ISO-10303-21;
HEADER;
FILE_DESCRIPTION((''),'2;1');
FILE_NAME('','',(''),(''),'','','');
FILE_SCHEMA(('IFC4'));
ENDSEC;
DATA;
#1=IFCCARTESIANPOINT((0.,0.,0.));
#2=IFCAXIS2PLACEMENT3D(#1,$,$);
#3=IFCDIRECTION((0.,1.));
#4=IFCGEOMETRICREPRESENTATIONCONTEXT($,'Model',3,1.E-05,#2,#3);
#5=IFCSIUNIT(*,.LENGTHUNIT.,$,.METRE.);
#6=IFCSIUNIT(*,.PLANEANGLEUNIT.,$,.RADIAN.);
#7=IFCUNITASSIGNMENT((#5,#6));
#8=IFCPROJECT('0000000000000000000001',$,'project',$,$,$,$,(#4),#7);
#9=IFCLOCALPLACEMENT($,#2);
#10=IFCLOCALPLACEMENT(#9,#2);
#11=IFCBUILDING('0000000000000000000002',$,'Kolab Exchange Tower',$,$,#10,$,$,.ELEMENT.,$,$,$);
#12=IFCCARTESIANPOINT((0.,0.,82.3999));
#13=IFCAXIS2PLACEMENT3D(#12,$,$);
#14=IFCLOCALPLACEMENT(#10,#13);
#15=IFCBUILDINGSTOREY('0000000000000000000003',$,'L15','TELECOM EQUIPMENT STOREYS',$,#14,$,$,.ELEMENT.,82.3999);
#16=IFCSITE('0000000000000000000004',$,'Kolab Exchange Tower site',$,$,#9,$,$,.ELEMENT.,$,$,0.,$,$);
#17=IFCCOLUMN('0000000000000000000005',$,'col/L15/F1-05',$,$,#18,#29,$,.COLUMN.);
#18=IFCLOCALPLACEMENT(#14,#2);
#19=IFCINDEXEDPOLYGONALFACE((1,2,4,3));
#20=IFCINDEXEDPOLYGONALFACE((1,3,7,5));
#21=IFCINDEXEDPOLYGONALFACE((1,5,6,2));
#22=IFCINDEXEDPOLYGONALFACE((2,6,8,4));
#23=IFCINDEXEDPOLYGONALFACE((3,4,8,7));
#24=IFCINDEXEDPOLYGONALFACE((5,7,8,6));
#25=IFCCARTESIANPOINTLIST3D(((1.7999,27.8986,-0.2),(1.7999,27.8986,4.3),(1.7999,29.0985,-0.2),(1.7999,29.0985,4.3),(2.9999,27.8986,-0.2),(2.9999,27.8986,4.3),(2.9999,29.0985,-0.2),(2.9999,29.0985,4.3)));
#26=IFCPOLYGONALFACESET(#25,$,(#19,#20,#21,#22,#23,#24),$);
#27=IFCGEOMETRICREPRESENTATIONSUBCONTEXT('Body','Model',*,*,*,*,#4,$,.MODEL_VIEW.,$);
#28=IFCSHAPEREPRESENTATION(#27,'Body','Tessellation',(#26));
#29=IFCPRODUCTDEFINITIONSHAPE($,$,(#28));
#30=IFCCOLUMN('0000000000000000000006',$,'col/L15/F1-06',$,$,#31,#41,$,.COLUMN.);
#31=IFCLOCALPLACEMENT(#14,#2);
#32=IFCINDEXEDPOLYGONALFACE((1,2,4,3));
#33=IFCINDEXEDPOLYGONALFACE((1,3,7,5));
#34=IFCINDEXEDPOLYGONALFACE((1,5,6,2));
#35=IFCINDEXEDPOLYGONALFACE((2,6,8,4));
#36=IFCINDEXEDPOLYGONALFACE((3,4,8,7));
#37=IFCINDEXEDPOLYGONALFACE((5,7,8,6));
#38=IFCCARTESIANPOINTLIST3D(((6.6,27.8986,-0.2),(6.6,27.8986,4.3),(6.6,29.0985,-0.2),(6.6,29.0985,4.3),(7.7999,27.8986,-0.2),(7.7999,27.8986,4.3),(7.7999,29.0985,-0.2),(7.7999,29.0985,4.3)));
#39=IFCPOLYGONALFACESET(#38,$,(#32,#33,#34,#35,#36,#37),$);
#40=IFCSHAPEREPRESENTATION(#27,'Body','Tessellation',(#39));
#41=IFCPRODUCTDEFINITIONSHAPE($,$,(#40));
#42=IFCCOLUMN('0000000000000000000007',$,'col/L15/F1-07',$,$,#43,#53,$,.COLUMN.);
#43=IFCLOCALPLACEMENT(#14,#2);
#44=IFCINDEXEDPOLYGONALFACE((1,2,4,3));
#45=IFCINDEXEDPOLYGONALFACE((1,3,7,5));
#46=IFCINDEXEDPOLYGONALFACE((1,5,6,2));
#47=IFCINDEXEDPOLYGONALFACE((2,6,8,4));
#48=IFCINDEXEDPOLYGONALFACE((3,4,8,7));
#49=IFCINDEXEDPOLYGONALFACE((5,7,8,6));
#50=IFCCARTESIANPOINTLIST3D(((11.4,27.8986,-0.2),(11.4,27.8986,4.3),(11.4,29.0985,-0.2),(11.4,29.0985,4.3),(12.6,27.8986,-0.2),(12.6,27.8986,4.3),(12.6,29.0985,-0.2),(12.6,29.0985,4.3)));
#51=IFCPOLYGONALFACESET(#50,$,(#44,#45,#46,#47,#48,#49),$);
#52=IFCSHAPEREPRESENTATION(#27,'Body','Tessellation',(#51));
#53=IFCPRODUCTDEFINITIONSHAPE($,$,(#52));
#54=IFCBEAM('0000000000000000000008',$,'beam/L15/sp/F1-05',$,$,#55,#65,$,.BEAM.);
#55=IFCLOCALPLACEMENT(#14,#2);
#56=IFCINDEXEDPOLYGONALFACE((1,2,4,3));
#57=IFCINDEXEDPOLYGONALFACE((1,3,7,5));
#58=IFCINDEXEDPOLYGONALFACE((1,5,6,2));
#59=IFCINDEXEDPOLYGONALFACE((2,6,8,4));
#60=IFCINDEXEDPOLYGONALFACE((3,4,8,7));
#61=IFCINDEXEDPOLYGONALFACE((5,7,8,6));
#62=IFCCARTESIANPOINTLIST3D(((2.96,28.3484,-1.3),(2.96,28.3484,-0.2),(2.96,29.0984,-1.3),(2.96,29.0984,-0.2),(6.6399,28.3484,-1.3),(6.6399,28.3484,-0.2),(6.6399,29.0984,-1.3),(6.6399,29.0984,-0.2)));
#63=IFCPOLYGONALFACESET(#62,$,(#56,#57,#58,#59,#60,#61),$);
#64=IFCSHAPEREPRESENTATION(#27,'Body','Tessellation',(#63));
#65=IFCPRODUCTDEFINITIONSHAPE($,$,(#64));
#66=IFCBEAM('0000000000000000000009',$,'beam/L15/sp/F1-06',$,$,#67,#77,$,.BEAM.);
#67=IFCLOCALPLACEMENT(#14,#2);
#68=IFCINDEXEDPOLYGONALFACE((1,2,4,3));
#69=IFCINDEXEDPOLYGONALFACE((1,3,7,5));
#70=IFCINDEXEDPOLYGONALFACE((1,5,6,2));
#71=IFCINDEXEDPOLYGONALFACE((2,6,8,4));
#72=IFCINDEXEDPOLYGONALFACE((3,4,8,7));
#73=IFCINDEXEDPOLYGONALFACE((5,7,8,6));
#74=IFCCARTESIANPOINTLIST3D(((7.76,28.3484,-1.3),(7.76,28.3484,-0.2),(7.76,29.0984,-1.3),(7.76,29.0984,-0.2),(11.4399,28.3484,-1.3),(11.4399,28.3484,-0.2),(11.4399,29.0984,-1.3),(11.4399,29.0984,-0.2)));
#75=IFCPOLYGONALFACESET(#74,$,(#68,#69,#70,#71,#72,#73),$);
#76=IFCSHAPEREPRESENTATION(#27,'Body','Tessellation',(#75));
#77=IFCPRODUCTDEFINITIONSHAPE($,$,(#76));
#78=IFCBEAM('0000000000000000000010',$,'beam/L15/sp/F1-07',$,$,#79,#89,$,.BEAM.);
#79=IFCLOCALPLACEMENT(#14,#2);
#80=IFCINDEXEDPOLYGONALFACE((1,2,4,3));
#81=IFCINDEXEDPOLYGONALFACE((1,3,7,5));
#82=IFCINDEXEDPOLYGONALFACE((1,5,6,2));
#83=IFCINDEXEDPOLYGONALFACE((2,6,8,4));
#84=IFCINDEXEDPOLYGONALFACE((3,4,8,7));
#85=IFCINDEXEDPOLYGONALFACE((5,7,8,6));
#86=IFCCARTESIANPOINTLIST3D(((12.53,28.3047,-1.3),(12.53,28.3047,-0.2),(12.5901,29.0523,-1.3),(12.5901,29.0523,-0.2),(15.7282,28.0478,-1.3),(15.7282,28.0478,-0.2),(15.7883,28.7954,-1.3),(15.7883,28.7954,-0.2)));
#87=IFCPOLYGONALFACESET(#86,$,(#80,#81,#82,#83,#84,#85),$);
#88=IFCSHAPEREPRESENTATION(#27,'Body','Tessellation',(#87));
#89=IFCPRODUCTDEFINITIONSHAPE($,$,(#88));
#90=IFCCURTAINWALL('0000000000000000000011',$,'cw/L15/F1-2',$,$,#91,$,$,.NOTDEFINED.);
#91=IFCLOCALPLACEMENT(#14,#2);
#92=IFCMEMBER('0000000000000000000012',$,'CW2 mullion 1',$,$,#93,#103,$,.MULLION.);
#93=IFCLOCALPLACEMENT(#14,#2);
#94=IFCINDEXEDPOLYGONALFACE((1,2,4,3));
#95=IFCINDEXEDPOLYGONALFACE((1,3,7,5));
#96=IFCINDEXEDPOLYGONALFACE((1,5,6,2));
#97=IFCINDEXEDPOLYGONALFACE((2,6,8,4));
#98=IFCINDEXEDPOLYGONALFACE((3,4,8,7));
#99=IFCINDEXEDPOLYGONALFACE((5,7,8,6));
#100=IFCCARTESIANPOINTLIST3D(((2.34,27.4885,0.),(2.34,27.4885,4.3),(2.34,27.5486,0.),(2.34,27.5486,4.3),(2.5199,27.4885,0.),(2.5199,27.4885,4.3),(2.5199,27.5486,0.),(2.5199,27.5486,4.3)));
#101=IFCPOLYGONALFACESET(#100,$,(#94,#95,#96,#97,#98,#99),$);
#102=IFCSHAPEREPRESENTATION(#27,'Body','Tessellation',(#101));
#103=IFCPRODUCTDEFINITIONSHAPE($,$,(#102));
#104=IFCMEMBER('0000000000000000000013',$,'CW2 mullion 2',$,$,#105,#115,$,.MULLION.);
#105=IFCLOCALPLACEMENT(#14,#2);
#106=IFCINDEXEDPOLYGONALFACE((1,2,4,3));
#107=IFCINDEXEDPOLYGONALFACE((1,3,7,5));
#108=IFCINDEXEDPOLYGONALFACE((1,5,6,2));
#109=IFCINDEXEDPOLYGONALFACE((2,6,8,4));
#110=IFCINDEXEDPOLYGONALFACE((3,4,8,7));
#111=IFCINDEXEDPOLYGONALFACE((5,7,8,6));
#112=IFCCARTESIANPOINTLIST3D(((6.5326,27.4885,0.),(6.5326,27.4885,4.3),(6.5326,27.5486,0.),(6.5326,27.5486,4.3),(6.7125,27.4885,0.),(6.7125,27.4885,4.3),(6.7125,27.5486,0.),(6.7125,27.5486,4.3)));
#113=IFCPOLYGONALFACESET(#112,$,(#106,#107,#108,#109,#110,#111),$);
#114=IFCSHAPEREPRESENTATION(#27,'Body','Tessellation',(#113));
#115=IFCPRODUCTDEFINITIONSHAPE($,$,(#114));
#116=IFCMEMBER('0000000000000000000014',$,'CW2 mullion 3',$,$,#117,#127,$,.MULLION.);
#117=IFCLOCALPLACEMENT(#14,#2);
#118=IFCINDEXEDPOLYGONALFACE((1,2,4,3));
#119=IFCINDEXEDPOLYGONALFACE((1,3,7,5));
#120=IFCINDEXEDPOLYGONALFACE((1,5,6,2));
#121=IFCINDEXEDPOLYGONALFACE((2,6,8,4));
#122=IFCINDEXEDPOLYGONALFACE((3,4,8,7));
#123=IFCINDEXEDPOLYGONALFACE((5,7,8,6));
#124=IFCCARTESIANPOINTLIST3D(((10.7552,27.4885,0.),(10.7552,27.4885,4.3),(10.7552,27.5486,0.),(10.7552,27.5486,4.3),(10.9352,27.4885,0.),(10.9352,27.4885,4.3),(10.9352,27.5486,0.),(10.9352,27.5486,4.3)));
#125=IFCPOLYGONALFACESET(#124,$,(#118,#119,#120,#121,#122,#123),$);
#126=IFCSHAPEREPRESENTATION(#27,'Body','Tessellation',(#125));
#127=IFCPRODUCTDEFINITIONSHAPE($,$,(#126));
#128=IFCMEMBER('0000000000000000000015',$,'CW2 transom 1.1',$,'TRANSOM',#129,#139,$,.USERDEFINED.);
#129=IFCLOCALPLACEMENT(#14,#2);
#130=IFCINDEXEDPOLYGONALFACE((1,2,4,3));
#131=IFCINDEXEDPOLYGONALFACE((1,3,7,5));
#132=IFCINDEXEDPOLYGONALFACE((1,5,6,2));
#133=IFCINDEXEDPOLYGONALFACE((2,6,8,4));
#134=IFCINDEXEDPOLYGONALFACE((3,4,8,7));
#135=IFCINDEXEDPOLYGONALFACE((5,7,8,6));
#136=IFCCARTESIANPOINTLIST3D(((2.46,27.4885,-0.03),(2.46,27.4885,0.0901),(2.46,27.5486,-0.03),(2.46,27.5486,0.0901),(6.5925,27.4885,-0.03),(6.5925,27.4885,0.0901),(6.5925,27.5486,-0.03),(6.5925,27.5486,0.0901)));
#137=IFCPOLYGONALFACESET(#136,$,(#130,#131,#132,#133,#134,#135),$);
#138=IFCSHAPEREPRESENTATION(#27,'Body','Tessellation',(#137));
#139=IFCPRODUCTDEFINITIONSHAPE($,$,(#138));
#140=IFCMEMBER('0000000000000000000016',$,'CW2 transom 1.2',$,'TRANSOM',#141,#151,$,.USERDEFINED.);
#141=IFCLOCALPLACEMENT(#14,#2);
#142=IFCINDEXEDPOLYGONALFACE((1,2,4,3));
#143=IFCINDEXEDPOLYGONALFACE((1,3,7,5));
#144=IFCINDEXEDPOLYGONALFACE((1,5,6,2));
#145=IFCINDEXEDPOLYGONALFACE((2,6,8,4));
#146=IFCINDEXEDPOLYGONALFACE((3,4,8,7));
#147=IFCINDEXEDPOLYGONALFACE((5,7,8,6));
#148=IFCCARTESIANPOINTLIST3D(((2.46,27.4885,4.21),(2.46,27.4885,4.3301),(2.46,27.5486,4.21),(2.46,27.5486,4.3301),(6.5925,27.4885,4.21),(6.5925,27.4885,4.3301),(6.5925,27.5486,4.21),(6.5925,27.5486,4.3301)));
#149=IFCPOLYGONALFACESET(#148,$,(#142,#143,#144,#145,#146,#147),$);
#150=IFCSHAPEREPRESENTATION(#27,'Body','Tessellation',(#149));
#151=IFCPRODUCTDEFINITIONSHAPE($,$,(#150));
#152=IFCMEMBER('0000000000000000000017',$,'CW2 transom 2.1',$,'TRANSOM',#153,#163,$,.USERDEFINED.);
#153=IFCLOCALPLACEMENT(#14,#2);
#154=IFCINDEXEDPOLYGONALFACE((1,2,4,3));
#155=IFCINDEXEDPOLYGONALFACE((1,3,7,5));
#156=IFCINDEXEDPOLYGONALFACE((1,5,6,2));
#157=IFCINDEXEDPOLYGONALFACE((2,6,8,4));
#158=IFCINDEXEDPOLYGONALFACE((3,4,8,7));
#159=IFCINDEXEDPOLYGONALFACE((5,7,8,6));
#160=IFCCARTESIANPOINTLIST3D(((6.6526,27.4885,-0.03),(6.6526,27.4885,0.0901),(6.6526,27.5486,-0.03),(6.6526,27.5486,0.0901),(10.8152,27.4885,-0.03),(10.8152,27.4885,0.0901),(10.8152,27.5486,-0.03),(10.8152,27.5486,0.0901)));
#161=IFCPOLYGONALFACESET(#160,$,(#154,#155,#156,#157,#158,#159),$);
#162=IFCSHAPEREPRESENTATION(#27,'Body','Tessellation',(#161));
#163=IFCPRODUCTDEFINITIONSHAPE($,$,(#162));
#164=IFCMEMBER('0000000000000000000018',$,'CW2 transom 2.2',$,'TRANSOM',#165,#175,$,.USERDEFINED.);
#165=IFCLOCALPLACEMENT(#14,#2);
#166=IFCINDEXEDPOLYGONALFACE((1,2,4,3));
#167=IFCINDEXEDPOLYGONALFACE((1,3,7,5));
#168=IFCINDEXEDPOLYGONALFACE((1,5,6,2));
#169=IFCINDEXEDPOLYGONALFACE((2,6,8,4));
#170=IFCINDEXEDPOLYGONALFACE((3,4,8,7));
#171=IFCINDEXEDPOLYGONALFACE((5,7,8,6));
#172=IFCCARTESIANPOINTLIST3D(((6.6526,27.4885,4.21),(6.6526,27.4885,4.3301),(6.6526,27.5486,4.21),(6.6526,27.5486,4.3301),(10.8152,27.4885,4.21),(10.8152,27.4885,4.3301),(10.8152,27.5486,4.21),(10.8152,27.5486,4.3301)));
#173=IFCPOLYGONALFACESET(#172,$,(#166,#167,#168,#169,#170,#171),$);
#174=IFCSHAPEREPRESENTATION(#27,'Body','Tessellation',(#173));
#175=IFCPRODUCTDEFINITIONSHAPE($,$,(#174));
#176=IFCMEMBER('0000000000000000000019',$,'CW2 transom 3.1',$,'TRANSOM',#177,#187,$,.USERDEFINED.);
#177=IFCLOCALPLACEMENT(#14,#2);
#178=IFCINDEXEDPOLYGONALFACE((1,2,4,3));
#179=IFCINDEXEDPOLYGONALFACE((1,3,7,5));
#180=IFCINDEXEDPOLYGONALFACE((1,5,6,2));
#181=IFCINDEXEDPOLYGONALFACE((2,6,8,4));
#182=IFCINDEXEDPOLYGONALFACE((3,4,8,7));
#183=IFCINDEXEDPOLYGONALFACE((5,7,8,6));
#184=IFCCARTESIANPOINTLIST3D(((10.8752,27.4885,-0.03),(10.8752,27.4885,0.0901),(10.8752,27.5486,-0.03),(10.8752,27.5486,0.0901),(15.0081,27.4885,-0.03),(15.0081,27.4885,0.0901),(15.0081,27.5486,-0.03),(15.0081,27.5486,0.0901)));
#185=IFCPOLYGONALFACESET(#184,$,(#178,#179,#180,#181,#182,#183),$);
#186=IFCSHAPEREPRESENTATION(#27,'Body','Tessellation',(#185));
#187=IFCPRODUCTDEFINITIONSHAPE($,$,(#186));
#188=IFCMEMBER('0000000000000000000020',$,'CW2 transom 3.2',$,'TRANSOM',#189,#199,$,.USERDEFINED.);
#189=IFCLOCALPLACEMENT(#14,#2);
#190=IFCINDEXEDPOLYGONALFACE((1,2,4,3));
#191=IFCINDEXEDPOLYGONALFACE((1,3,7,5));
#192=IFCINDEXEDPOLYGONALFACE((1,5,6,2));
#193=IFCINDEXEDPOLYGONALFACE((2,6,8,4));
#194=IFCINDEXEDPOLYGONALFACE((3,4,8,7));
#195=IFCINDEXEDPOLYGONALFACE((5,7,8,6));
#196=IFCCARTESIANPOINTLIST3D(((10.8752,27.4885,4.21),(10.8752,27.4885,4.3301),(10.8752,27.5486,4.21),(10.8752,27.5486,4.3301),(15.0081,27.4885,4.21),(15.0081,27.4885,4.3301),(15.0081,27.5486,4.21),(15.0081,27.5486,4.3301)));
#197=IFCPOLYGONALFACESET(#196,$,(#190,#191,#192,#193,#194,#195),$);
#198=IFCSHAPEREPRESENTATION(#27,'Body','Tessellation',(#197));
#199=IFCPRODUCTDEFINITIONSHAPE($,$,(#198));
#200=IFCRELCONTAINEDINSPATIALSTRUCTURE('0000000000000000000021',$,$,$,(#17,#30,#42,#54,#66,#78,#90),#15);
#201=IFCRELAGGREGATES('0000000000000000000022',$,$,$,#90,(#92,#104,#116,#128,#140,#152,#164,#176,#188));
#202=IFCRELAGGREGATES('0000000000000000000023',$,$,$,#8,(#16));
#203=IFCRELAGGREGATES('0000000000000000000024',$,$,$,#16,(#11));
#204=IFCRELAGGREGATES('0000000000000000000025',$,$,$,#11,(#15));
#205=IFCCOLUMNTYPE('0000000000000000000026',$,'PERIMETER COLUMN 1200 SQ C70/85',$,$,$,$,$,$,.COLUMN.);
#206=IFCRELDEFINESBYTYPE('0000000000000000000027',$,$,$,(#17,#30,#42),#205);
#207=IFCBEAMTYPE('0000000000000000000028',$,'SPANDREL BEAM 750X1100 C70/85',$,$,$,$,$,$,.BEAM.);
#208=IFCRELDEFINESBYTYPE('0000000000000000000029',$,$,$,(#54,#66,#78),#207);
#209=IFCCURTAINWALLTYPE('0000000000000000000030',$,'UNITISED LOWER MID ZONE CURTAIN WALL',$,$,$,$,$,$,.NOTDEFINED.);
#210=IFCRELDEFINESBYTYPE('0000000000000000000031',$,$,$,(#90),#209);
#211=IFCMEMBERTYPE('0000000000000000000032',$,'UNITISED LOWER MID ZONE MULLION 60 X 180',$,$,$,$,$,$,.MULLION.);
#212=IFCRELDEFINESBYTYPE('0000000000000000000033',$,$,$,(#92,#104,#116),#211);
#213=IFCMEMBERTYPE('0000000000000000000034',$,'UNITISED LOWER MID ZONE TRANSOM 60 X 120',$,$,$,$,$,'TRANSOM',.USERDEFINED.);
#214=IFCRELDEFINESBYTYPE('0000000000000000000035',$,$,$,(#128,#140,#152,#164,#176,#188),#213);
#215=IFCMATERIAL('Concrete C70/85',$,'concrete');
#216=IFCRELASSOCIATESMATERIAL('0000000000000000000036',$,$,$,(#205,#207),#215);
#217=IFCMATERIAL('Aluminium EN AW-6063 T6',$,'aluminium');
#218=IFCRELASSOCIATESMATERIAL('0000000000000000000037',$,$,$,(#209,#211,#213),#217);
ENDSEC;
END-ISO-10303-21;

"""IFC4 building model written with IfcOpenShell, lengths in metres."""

from ifc_helpers import new_model, si_unit, direction, frame, origin, origin_2d, place, context, subcontext, project, spatial, rectangle, extrude, material, material_profile, profile_set, type_object, element, aggregate, save


model = new_model("IFC4")

# Units and contexts
model_context = context("Model", 3, precision=1e-05, world=origin(), true_north=direction((0.0, 1.0)))
body_context = subcontext(model_context, "Body", "Model", "MODEL_VIEW")
ifc_project = project(units=[si_unit("LENGTHUNIT", "METRE"), si_unit("PLANEANGLEUNIT", "RADIAN")], contexts=[model_context])

# Site, building, storey
site_placement = place(None, origin())
site = spatial("IfcSite", under=ifc_project, at=site_placement, Name="Kolab Exchange Tower site", CompositionType="ELEMENT", RefElevation=0.0)
building_placement = place(site_placement, origin())
building = spatial("IfcBuilding", under=site, at=building_placement, Name="Kolab Exchange Tower", CompositionType="ELEMENT")
storey_placement = place(building_placement, frame((0.0, 0.0, 82.3999)))
storey = spatial("IfcBuildingStorey", under=building, at=storey_placement, Name="L15", Description="TELECOM EQUIPMENT STOREYS", CompositionType="ELEMENT", Elevation=82.3999)

# Columns
ifc_material_1 = material(Name="Concrete C70/85", Category="concrete")
ifc_material_profile_1 = material_profile(ifc_material_1, rectangle(XDim=1.2, YDim=1.2, at=origin_2d()), Name="RC1200")
ifc_profile_set_1 = profile_set([ifc_material_profile_1], Name="Concrete C70/85")
column_type = type_object("IfcColumnType", Name="PERIMETER COLUMN 1200 SQ C70/85", PredefinedType="COLUMN", material=ifc_profile_set_1)
for number, where, z_axis, x_axis, name in (
    (1, (2.3999, 28.4985, -0.2), (0.0, 0.0, 1.0), (1.0, 0.0, 0.0), "col/L15/F1-05"),
    (2, (7.2, 28.4985, -0.2), (0.0, 0.0, 1.0), (1.0, 0.0, 0.0), "col/L15/F1-06"),
    (3, (12.0, 28.4985, -0.2), (0.0, 0.0, 1.0), (1.0, 0.0, 0.0), "col/L15/F1-07"),
):
    element("IfcColumn", number, at=place(storey_placement, frame(where, z_axis=z_axis, x_axis=x_axis)), inside=storey, type_object=column_type, Name=name, PredefinedType="COLUMN", context=body_context, shape_type="SweptSolid", body=[
        extrude(rectangle(XDim=1.2, YDim=1.2, at=origin_2d()), origin(), (0.0, 0.0, 1.0), 4.5),
    ])

# Beams
ifc_material_profile_2 = material_profile(ifc_material_1, rectangle(XDim=0.75, YDim=1.1001, at=origin_2d()), Name="RC750X1100")
ifc_profile_set_2 = profile_set([ifc_material_profile_2], Name="Concrete C70/85")
beam_type = type_object("IfcBeamType", Name="SPANDREL BEAM 750X1100 C70/85", PredefinedType="BEAM", material=ifc_profile_set_2)
for number, where, z_axis, x_axis, name in (
    (4, (2.96, 28.7234, -0.75), (1.0, 0.0, 0.0), (0.0, 1.0, 0.0), "beam/L15/sp/F1-05"),
    (5, (7.76, 28.7234, -0.75), (1.0, 0.0, 0.0), (0.0, 1.0, 0.0), "beam/L15/sp/F1-06"),
):
    element("IfcBeam", number, at=place(storey_placement, frame(where, z_axis=z_axis, x_axis=x_axis)), inside=storey, type_object=beam_type, Name=name, PredefinedType="BEAM", context=body_context, shape_type="SweptSolid", body=[
        extrude(rectangle(XDim=0.75, YDim=1.1001, at=origin_2d()), origin(), (0.0, 0.0, 1.0), 3.6799),
    ])
beam_placement = place(storey_placement, frame((12.5601, 28.6785, -0.75), z_axis=(0.996791, -0.080048, 0.0), x_axis=(0.080048, 0.996791, 0.0)))
element("IfcBeam", 6, at=beam_placement, inside=storey, type_object=beam_type, Name="beam/L15/sp/F1-07", PredefinedType="BEAM", context=body_context, shape_type="SweptSolid", body=[
    extrude(rectangle(XDim=0.75, YDim=1.1001, at=origin_2d()), origin(), (0.0, 0.0, 1.0), 3.2085),
])

# Curtain wall, members
ifc_material_2 = material(Name="Aluminium EN AW-6063 T6", Category="aluminium")
curtain_wall_type = type_object("IfcCurtainWallType", Name="UNITISED LOWER MID ZONE CURTAIN WALL", PredefinedType="NOTDEFINED", material=ifc_material_2)
curtain_wall_placement = place(storey_placement, origin())
curtain_wall = element("IfcCurtainWall", 7, at=curtain_wall_placement, inside=storey, type_object=curtain_wall_type, Name="cw/L15/F1-2", PredefinedType="NOTDEFINED")
ifc_material_profile_3 = material_profile(ifc_material_2, rectangle(XDim=0.0601, YDim=0.1799, at=origin_2d()), Name="RECT 60X180")
ifc_profile_set_3 = profile_set([ifc_material_profile_3], Name="Aluminium EN AW-6063 T6")
member_type_1 = type_object("IfcMemberType", Name="UNITISED LOWER MID ZONE MULLION 60 X 180", PredefinedType="MULLION", material=ifc_profile_set_3)
member_1_placement = place(storey_placement, frame((2.4299, 27.5186, 0.0), z_axis=(0.0, 0.0, 1.0), x_axis=(0.0, 1.0, 0.0)))
member_1 = element("IfcMember", 8, at=member_1_placement, type_object=member_type_1, Name="CW2 mullion 1", PredefinedType="MULLION", context=body_context, shape_type="SweptSolid", body=[
    extrude(rectangle(XDim=0.0601, YDim=0.1799, at=origin_2d()), origin(), (0.0, 0.0, 1.0), 4.3),
])
member_2_placement = place(storey_placement, frame((6.6226, 27.5186, 0.0), z_axis=(0.0, 0.0, 1.0), x_axis=(0.0, 1.0, 0.0)))
member_2 = element("IfcMember", 9, at=member_2_placement, type_object=member_type_1, Name="CW2 mullion 2", PredefinedType="MULLION", context=body_context, shape_type="SweptSolid", body=[
    extrude(rectangle(XDim=0.0601, YDim=0.1799, at=origin_2d()), origin(), (0.0, 0.0, 1.0), 4.3),
])
member_3_placement = place(storey_placement, frame((10.8452, 27.5186, 0.0), z_axis=(0.0, 0.0, 1.0), x_axis=(0.0, 1.0, 0.0)))
member_3 = element("IfcMember", 10, at=member_3_placement, type_object=member_type_1, Name="CW2 mullion 3", PredefinedType="MULLION", context=body_context, shape_type="SweptSolid", body=[
    extrude(rectangle(XDim=0.0601, YDim=0.1799, at=origin_2d()), origin(), (0.0, 0.0, 1.0), 4.3),
])
ifc_material_profile_4 = material_profile(ifc_material_2, rectangle(XDim=0.0601, YDim=0.1201, at=origin_2d()), Name="RECT 60X120")
ifc_profile_set_4 = profile_set([ifc_material_profile_4], Name="Aluminium EN AW-6063 T6")
member_type_2 = type_object("IfcMemberType", Name="UNITISED LOWER MID ZONE TRANSOM 60 X 120", ElementType="TRANSOM", PredefinedType="USERDEFINED", material=ifc_profile_set_4)
member_4_placement = place(storey_placement, frame((2.46, 27.5186, 0.03), z_axis=(1.0, 0.0, 0.0), x_axis=(0.0, 1.0, 0.0)))
member_4 = element("IfcMember", 11, at=member_4_placement, type_object=member_type_2, Name="CW2 transom 1.1", ObjectType="TRANSOM", PredefinedType="USERDEFINED", context=body_context, shape_type="SweptSolid", body=[
    extrude(rectangle(XDim=0.0601, YDim=0.1201, at=origin_2d()), origin(), (0.0, 0.0, 1.0), 4.1326),
])
member_5_placement = place(storey_placement, frame((2.46, 27.5186, 4.27), z_axis=(1.0, 0.0, 0.0), x_axis=(0.0, 1.0, 0.0)))
member_5 = element("IfcMember", 12, at=member_5_placement, type_object=member_type_2, Name="CW2 transom 1.2", ObjectType="TRANSOM", PredefinedType="USERDEFINED", context=body_context, shape_type="SweptSolid", body=[
    extrude(rectangle(XDim=0.0601, YDim=0.1201, at=origin_2d()), origin(), (0.0, 0.0, 1.0), 4.1326),
])
member_6_placement = place(storey_placement, frame((6.6526, 27.5186, 0.03), z_axis=(1.0, 0.0, 0.0), x_axis=(0.0, 1.0, 0.0)))
member_6 = element("IfcMember", 13, at=member_6_placement, type_object=member_type_2, Name="CW2 transom 2.1", ObjectType="TRANSOM", PredefinedType="USERDEFINED", context=body_context, shape_type="SweptSolid", body=[
    extrude(rectangle(XDim=0.0601, YDim=0.1201, at=origin_2d()), origin(), (0.0, 0.0, 1.0), 4.1626),
])
member_7_placement = place(storey_placement, frame((6.6526, 27.5186, 4.27), z_axis=(1.0, 0.0, 0.0), x_axis=(0.0, 1.0, 0.0)))
member_7 = element("IfcMember", 14, at=member_7_placement, type_object=member_type_2, Name="CW2 transom 2.2", ObjectType="TRANSOM", PredefinedType="USERDEFINED", context=body_context, shape_type="SweptSolid", body=[
    extrude(rectangle(XDim=0.0601, YDim=0.1201, at=origin_2d()), origin(), (0.0, 0.0, 1.0), 4.1626),
])
member_8_placement = place(storey_placement, frame((10.8752, 27.5186, 0.03), z_axis=(1.0, 0.0, 0.0), x_axis=(0.0, 1.0, 0.0)))
member_8 = element("IfcMember", 15, at=member_8_placement, type_object=member_type_2, Name="CW2 transom 3.1", ObjectType="TRANSOM", PredefinedType="USERDEFINED", context=body_context, shape_type="SweptSolid", body=[
    extrude(rectangle(XDim=0.0601, YDim=0.1201, at=origin_2d()), origin(), (0.0, 0.0, 1.0), 4.1328),
])
member_9_placement = place(storey_placement, frame((10.8752, 27.5186, 4.27), z_axis=(1.0, 0.0, 0.0), x_axis=(0.0, 1.0, 0.0)))
member_9 = element("IfcMember", 16, at=member_9_placement, type_object=member_type_2, Name="CW2 transom 3.2", ObjectType="TRANSOM", PredefinedType="USERDEFINED", context=body_context, shape_type="SweptSolid", body=[
    extrude(rectangle(XDim=0.0601, YDim=0.1201, at=origin_2d()), origin(), (0.0, 0.0, 1.0), 4.1328),
])
aggregate(curtain_wall, [member_1, member_2, member_3, member_4, member_5, member_6, member_7, member_8, member_9])

save(model, "model.ifc")
